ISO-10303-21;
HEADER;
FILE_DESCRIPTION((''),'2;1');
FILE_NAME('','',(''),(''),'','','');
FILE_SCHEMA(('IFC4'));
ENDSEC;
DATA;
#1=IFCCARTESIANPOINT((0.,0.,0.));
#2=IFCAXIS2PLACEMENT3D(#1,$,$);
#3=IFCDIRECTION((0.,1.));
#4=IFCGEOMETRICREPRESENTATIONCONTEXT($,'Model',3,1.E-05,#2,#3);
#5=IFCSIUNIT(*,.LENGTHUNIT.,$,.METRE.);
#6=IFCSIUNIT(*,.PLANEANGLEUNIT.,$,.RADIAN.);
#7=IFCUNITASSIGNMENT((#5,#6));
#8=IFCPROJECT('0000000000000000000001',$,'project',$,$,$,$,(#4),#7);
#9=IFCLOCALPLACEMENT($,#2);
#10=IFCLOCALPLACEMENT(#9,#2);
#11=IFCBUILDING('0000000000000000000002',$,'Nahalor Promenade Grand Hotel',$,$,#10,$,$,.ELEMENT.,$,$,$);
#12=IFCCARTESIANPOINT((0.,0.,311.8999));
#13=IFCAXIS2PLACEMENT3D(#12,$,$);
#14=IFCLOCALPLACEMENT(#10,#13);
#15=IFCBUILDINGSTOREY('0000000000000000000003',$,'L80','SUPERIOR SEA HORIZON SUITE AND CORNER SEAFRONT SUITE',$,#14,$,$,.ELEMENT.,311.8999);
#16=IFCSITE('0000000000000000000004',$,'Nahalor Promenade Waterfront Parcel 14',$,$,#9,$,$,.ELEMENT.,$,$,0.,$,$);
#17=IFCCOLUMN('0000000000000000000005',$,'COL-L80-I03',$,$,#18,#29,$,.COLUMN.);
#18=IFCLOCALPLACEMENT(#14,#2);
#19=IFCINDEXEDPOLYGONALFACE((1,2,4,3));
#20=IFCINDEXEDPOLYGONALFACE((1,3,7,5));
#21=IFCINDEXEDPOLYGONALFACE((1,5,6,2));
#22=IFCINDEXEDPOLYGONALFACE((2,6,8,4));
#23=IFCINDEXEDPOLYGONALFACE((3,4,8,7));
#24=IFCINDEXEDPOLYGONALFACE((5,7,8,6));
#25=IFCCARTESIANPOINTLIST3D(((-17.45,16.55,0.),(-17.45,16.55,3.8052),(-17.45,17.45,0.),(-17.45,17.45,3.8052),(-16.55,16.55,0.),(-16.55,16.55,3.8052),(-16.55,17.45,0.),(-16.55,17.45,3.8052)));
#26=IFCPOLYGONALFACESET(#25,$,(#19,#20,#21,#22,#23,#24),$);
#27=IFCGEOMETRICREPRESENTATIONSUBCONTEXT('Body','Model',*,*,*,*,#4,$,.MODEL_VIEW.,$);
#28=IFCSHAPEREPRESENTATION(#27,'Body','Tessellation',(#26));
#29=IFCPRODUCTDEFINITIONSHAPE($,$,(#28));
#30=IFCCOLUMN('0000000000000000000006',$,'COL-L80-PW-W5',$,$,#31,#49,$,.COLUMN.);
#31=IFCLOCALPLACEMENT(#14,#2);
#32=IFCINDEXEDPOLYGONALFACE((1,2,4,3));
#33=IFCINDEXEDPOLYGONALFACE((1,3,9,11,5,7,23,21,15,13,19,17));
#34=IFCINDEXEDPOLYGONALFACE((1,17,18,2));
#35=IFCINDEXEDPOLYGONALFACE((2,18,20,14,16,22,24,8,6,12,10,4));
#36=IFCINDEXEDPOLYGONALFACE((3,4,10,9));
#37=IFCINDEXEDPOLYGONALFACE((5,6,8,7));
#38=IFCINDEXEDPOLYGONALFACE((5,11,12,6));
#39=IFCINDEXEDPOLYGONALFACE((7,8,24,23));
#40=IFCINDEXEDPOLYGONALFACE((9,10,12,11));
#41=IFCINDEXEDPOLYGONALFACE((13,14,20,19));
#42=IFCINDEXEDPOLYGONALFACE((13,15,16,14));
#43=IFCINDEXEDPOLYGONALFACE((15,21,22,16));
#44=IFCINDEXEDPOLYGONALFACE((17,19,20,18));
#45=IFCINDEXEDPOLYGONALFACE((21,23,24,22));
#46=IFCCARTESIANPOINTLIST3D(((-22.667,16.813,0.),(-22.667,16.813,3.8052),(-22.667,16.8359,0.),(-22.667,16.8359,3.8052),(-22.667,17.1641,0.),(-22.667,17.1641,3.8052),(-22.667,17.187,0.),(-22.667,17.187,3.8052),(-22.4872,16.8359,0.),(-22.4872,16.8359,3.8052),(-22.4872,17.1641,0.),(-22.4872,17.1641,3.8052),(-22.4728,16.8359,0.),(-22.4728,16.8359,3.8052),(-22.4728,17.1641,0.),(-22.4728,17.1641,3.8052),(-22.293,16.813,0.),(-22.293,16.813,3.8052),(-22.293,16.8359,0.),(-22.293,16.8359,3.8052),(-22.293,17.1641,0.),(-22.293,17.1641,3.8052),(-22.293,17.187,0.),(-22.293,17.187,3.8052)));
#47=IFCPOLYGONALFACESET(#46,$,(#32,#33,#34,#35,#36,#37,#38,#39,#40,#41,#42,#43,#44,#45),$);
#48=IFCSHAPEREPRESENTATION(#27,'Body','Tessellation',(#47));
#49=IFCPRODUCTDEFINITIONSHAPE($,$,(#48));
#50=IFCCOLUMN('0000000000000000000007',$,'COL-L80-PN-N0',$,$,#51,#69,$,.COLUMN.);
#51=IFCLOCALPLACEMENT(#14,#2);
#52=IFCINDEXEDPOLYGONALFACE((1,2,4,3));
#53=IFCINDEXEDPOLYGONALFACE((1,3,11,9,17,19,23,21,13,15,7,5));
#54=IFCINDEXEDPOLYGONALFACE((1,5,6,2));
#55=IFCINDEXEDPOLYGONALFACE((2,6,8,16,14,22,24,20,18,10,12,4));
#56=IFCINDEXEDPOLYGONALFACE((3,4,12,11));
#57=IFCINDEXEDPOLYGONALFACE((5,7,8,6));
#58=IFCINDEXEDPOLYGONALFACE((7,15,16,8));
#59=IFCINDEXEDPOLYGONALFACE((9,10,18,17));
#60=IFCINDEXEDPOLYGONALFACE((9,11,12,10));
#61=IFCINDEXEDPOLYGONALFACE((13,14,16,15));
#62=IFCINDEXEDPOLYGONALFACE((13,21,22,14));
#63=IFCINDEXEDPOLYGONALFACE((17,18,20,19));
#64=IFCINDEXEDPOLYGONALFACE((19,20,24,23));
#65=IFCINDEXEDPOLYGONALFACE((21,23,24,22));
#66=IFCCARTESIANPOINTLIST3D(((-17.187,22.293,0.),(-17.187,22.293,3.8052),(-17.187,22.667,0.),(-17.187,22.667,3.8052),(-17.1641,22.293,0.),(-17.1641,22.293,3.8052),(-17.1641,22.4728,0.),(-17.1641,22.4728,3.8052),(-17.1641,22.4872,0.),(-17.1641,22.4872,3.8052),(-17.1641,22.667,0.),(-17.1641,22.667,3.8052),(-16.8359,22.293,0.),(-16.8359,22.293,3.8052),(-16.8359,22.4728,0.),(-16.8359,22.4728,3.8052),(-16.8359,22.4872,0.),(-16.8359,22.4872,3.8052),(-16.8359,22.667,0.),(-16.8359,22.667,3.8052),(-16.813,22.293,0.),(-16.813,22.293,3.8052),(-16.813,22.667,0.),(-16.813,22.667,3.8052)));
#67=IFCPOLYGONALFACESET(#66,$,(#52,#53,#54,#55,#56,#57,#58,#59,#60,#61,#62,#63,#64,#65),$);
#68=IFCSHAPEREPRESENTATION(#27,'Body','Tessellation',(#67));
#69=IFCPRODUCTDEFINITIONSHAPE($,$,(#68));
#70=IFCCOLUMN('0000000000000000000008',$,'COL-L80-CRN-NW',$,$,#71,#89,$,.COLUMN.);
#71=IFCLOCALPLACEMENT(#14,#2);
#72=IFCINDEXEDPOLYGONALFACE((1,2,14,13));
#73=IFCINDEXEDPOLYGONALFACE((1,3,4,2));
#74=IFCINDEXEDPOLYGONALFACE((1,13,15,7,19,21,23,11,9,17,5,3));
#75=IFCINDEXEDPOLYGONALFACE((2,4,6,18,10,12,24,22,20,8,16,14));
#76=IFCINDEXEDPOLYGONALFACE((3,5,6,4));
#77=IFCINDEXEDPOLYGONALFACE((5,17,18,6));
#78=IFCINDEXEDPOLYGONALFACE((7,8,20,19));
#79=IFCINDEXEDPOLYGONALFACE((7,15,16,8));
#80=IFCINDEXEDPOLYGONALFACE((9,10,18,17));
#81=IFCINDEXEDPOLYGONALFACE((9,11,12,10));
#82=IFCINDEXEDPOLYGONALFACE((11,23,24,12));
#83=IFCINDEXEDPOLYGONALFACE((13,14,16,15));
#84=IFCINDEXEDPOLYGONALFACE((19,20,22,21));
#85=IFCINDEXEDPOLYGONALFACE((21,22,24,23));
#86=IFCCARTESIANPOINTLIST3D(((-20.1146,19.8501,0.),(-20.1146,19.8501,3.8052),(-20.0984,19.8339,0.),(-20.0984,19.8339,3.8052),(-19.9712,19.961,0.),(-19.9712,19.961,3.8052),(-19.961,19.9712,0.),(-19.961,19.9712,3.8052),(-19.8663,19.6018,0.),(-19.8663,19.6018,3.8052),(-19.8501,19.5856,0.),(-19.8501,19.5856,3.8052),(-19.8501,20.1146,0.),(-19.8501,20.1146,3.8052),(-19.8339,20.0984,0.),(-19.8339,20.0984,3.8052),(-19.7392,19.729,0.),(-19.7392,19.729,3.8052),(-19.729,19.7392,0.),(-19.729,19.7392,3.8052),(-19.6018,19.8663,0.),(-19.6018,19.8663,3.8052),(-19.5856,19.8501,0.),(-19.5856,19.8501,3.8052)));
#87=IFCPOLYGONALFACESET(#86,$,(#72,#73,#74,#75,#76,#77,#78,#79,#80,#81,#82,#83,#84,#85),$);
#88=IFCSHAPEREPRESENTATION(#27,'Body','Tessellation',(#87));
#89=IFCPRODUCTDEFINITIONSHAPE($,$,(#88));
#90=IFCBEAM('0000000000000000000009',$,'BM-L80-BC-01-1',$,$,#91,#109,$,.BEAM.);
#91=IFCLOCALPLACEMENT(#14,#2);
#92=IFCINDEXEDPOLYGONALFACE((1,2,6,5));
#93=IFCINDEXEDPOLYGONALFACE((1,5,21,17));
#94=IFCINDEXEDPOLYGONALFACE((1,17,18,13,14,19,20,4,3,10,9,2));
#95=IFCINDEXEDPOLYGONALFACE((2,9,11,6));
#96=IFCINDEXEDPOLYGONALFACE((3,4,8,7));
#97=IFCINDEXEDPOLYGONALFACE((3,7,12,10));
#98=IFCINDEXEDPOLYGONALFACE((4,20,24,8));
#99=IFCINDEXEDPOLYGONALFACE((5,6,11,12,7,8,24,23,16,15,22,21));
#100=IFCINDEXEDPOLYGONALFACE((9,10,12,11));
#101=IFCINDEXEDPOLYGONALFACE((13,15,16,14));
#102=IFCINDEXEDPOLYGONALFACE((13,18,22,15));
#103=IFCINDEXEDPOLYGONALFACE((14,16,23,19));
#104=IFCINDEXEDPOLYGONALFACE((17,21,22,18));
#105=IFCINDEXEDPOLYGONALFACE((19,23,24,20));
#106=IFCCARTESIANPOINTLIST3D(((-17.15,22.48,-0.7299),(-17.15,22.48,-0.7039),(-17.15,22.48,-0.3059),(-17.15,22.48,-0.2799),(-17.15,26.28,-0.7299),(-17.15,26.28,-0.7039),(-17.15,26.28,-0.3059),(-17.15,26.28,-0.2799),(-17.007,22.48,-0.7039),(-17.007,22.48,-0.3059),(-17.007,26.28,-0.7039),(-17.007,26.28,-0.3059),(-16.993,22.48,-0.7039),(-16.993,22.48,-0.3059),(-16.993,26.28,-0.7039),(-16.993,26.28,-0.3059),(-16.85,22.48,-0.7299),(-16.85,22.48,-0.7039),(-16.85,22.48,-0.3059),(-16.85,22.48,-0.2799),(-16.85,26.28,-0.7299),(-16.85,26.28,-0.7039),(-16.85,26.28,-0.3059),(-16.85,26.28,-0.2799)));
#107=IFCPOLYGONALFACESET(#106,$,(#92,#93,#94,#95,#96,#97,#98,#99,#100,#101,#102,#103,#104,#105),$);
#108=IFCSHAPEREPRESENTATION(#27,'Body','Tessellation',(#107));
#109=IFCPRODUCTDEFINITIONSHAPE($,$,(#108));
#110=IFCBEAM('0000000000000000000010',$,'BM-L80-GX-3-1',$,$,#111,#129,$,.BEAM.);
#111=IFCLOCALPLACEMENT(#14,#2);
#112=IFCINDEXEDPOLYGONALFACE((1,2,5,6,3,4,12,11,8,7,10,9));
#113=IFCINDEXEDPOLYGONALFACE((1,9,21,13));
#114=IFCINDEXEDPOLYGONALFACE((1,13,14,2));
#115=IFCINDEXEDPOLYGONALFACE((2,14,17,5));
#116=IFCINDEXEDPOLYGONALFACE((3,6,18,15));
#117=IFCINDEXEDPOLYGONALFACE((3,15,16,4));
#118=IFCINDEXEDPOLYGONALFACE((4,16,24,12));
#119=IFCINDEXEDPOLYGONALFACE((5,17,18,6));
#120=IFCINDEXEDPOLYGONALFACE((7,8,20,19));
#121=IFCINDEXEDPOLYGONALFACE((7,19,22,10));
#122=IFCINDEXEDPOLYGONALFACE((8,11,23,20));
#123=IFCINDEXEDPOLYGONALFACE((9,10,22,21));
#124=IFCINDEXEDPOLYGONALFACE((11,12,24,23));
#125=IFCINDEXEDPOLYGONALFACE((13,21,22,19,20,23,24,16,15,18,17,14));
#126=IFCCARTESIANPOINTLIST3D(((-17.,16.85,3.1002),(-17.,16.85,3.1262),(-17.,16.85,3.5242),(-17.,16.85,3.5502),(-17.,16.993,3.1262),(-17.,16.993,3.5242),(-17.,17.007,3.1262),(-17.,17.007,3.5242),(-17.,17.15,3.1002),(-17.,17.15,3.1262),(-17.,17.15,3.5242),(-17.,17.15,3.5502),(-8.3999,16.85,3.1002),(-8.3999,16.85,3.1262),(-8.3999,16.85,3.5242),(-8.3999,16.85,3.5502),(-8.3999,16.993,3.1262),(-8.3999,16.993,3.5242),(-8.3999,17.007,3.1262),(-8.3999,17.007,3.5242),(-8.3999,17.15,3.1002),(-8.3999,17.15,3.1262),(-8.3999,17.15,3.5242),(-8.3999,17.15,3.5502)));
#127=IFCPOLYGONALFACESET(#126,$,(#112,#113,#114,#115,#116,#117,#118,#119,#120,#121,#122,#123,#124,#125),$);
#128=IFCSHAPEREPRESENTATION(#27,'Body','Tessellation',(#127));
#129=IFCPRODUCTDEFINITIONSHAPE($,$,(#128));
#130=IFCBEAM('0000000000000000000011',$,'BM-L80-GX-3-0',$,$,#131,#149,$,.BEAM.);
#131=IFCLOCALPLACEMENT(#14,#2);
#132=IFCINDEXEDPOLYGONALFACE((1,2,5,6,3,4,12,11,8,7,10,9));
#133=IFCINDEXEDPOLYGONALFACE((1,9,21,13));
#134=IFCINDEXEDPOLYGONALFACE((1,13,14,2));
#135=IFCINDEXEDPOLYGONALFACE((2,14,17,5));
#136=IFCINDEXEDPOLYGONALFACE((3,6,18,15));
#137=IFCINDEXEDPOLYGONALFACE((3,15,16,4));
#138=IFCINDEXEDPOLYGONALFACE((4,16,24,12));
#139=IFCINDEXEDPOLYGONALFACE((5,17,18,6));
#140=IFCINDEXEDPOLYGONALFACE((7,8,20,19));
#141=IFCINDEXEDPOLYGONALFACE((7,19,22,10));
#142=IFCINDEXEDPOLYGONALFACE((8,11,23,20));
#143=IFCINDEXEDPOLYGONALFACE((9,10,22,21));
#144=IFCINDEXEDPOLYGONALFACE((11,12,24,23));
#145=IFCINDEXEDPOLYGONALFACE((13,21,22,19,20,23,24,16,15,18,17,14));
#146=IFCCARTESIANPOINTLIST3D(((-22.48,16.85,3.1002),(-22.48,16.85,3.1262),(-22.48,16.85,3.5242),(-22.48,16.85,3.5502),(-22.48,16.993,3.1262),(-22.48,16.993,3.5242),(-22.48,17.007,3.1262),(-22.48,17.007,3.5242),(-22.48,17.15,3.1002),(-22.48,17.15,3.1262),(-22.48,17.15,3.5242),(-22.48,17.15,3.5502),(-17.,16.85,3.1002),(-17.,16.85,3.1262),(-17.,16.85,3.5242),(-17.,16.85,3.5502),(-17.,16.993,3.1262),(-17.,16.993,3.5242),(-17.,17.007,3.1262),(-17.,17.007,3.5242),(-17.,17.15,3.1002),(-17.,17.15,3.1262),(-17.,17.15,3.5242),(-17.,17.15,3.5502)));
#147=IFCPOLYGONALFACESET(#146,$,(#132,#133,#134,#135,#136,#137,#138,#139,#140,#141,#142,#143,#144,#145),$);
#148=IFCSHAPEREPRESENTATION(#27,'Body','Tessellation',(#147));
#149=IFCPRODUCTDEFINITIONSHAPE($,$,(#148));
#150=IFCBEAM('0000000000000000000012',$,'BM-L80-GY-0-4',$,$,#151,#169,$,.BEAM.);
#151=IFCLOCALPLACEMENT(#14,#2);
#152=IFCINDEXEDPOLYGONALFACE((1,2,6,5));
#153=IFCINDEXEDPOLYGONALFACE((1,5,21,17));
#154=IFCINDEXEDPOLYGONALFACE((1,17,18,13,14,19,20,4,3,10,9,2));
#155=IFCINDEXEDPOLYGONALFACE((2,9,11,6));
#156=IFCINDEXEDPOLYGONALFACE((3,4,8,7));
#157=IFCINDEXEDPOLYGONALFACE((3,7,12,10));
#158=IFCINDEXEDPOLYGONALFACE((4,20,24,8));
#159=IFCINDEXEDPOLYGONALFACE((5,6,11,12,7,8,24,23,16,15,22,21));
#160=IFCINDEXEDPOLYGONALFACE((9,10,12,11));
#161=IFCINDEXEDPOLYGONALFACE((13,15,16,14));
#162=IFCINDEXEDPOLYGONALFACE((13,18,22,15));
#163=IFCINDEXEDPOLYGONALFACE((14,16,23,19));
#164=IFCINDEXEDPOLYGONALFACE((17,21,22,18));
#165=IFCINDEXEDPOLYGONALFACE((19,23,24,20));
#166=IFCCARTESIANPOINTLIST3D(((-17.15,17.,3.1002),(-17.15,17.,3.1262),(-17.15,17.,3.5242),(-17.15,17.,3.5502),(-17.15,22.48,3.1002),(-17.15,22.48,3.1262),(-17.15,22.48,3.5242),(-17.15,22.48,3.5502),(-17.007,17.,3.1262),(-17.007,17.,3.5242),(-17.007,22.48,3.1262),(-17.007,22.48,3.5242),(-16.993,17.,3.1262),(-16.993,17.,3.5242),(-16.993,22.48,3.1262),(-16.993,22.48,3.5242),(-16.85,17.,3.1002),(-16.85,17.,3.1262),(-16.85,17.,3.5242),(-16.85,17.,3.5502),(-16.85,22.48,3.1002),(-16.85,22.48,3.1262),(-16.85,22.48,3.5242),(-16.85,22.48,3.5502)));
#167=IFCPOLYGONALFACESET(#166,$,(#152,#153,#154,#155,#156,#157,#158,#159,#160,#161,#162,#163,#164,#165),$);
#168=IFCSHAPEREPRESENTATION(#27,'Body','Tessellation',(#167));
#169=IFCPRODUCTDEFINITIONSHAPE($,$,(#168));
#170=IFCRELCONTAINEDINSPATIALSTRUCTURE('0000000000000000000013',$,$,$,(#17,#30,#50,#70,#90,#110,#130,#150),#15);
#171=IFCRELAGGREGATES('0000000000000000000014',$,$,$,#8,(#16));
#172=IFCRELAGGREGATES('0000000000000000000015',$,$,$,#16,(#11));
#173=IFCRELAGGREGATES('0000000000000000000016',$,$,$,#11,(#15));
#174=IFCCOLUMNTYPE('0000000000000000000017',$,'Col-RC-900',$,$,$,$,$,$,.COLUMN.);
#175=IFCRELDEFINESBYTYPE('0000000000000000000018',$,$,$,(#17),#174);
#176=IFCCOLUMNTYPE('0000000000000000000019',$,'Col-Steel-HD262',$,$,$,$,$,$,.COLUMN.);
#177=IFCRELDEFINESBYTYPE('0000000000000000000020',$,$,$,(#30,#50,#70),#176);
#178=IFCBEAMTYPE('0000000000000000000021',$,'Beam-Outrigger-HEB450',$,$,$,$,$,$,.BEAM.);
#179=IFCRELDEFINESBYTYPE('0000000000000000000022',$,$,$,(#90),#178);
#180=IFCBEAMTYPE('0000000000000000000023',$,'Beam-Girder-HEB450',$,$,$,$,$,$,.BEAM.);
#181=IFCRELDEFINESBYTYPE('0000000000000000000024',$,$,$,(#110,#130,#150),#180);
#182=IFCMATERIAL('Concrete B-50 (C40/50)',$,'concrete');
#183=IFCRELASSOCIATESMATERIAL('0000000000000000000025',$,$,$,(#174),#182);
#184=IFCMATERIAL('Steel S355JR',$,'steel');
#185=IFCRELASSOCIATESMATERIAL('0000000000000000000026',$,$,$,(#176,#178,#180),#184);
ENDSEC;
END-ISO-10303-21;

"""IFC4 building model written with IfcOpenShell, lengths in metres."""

from ifc_helpers import new_model, si_unit, direction, frame, origin, origin_2d, place, context, subcontext, project, spatial, rectangle, i_section, extrude, source, transform, mapped, material, material_profile, profile_set, type_object, element, save


model = new_model("IFC4")

# Units and contexts
model_context = context("Model", 3, precision=1e-05, world=origin(), true_north=direction((0.0, 1.0)))
body_context = subcontext(model_context, "Body", "Model", "MODEL_VIEW")
ifc_project = project(units=[si_unit("LENGTHUNIT", "METRE"), si_unit("PLANEANGLEUNIT", "RADIAN")], contexts=[model_context])

# Site, building, storey
site_placement = place(None, origin())
site = spatial("IfcSite", under=ifc_project, at=site_placement, Name="Nahalor Promenade Waterfront Parcel 14", CompositionType="ELEMENT", RefElevation=0.0)
building_placement = place(site_placement, origin())
building = spatial("IfcBuilding", under=site, at=building_placement, Name="Nahalor Promenade Grand Hotel", CompositionType="ELEMENT")
storey_placement = place(building_placement, frame((0.0, 0.0, 311.8999)))
storey = spatial("IfcBuildingStorey", under=building, at=storey_placement, Name="L80", Description="SUPERIOR SEA HORIZON SUITE AND CORNER SEAFRONT SUITE", CompositionType="ELEMENT", Elevation=311.8999)

# Columns
ifc_material_1 = material(Name="Concrete B-50 (C40/50)", Category="concrete")
ifc_material_profile_1 = material_profile(ifc_material_1, rectangle(XDim=0.9, YDim=0.9, at=origin_2d()), Name="RC 900x900")
ifc_profile_set_1 = profile_set([ifc_material_profile_1], Name="Concrete B-50 (C40/50)")
column_type_1 = type_object("IfcColumnType", Name="Col-RC-900", PredefinedType="COLUMN", material=ifc_profile_set_1)
shared_shape_1 = source(origin(), body_context, "Body", "SweptSolid", [
    extrude(rectangle(XDim=0.9, YDim=0.9, at=origin_2d()), origin(), (0.0, 0.0, 1.0), 3.8052),
])
column_placement = place(storey_placement, frame((-17.0, 17.0, 0.0), z_axis=(0.0, 0.0, 1.0), x_axis=(1.0, 0.0, 0.0)))
element("IfcColumn", 1, at=column_placement, inside=storey, type_object=column_type_1, Name="COL-L80-I03", PredefinedType="COLUMN", context=body_context, shape_type="MappedRepresentation", body=[
    mapped(shared_shape_1, transform((0.0, 0.0, 0.0), scale=1.0)),
])
ifc_material_2 = material(Name="Steel S355JR", Category="steel")
ifc_material_profile_2 = material_profile(ifc_material_2, i_section(OverallWidth=0.374, OverallDepth=0.374, WebThickness=0.0144, FlangeThickness=0.0229, at=origin_2d()), Name="HD 360x262")
ifc_profile_set_2 = profile_set([ifc_material_profile_2], Name="Steel S355JR")
column_type_2 = type_object("IfcColumnType", Name="Col-Steel-HD262", PredefinedType="COLUMN", material=ifc_profile_set_2)
shared_shape_2 = source(origin(), body_context, "Body", "SweptSolid", [
    extrude(i_section(OverallWidth=0.374, OverallDepth=0.374, WebThickness=0.0144, FlangeThickness=0.0229, at=origin_2d()), origin(), (0.0, 0.0, 1.0), 3.8052),
])
for number, where, z_axis, x_axis, name in (
    (2, (-22.48, 17.0, 0.0), (0.0, 0.0, 1.0), (1.0, 0.0, 0.0), "COL-L80-PW-W5"),
    (3, (-17.0, 22.48, 0.0), (0.0, 0.0, 1.0), (0.0, 1.0, 0.0), "COL-L80-PN-N0"),
    (4, (-19.8501, 19.8501, 0.0), (0.0, 0.0, 1.0), (0.707107, 0.707107, 0.0), "COL-L80-CRN-NW"),
):
    element("IfcColumn", number, at=place(storey_placement, frame(where, z_axis=z_axis, x_axis=x_axis)), inside=storey, type_object=column_type_2, Name=name, PredefinedType="COLUMN", context=body_context, shape_type="MappedRepresentation", body=[
        mapped(shared_shape_2, transform((0.0, 0.0, 0.0), scale=1.0)),
    ])

# Beams
ifc_material_profile_3 = material_profile(ifc_material_2, i_section(OverallWidth=0.3, OverallDepth=0.45, WebThickness=0.014, FlangeThickness=0.026, at=origin_2d()), Name="HEB 450")
ifc_profile_set_3 = profile_set([ifc_material_profile_3], Name="Steel S355JR")
beam_type_1 = type_object("IfcBeamType", Name="Beam-Outrigger-HEB450", PredefinedType="BEAM", material=ifc_profile_set_3)
shared_shape_3 = source(origin(), body_context, "Body", "SweptSolid", [
    extrude(i_section(OverallWidth=0.3, OverallDepth=0.45, WebThickness=0.014, FlangeThickness=0.026, at=origin_2d()), origin(), (0.0, 0.0, 1.0), 3.8),
])
beam_1_placement = place(storey_placement, frame((-17.0, 22.48, -0.5049), z_axis=(0.0, 1.0, 0.0), x_axis=(-1.0, 0.0, 0.0)))
element("IfcBeam", 5, at=beam_1_placement, inside=storey, type_object=beam_type_1, Name="BM-L80-BC-01-1", PredefinedType="BEAM", context=body_context, shape_type="MappedRepresentation", body=[
    mapped(shared_shape_3, transform((0.0, 0.0, 0.0), scale=1.0)),
])
ifc_material_profile_4 = material_profile(ifc_material_2, i_section(OverallWidth=0.3, OverallDepth=0.45, WebThickness=0.014, FlangeThickness=0.026, at=origin_2d()), Name="HEB 450")
ifc_profile_set_4 = profile_set([ifc_material_profile_4], Name="Steel S355JR")
beam_type_2 = type_object("IfcBeamType", Name="Beam-Girder-HEB450", PredefinedType="BEAM", material=ifc_profile_set_4)
shared_shape_4 = source(origin(), body_context, "Body", "SweptSolid", [
    extrude(i_section(OverallWidth=0.3, OverallDepth=0.45, WebThickness=0.014, FlangeThickness=0.026, at=origin_2d()), origin(), (0.0, 0.0, 1.0), 8.6001),
])
beam_2_placement = place(storey_placement, frame((-17.0, 17.0, 3.3252), z_axis=(1.0, 0.0, 0.0), x_axis=(0.0, 1.0, 0.0)))
element("IfcBeam", 6, at=beam_2_placement, inside=storey, type_object=beam_type_2, Name="BM-L80-GX-3-1", PredefinedType="BEAM", context=body_context, shape_type="MappedRepresentation", body=[
    mapped(shared_shape_4, transform((0.0, 0.0, 0.0), scale=1.0)),
])
shared_shape_5 = source(origin(), body_context, "Body", "SweptSolid", [
    extrude(i_section(OverallWidth=0.3, OverallDepth=0.45, WebThickness=0.014, FlangeThickness=0.026, at=origin_2d()), origin(), (0.0, 0.0, 1.0), 5.48),
])
for number, where, z_axis, x_axis, name in (
    (7, (-22.48, 17.0, 3.3252), (1.0, 0.0, 0.0), (0.0, 1.0, 0.0), "BM-L80-GX-3-0"),
    (8, (-17.0, 17.0, 3.3252), (0.0, 1.0, 0.0), (-1.0, 0.0, 0.0), "BM-L80-GY-0-4"),
):
    element("IfcBeam", number, at=place(storey_placement, frame(where, z_axis=z_axis, x_axis=x_axis)), inside=storey, type_object=beam_type_2, Name=name, PredefinedType="BEAM", context=body_context, shape_type="MappedRepresentation", body=[
        mapped(shared_shape_5, transform((0.0, 0.0, 0.0), scale=1.0)),
    ])

save(model, "model.ifc")
